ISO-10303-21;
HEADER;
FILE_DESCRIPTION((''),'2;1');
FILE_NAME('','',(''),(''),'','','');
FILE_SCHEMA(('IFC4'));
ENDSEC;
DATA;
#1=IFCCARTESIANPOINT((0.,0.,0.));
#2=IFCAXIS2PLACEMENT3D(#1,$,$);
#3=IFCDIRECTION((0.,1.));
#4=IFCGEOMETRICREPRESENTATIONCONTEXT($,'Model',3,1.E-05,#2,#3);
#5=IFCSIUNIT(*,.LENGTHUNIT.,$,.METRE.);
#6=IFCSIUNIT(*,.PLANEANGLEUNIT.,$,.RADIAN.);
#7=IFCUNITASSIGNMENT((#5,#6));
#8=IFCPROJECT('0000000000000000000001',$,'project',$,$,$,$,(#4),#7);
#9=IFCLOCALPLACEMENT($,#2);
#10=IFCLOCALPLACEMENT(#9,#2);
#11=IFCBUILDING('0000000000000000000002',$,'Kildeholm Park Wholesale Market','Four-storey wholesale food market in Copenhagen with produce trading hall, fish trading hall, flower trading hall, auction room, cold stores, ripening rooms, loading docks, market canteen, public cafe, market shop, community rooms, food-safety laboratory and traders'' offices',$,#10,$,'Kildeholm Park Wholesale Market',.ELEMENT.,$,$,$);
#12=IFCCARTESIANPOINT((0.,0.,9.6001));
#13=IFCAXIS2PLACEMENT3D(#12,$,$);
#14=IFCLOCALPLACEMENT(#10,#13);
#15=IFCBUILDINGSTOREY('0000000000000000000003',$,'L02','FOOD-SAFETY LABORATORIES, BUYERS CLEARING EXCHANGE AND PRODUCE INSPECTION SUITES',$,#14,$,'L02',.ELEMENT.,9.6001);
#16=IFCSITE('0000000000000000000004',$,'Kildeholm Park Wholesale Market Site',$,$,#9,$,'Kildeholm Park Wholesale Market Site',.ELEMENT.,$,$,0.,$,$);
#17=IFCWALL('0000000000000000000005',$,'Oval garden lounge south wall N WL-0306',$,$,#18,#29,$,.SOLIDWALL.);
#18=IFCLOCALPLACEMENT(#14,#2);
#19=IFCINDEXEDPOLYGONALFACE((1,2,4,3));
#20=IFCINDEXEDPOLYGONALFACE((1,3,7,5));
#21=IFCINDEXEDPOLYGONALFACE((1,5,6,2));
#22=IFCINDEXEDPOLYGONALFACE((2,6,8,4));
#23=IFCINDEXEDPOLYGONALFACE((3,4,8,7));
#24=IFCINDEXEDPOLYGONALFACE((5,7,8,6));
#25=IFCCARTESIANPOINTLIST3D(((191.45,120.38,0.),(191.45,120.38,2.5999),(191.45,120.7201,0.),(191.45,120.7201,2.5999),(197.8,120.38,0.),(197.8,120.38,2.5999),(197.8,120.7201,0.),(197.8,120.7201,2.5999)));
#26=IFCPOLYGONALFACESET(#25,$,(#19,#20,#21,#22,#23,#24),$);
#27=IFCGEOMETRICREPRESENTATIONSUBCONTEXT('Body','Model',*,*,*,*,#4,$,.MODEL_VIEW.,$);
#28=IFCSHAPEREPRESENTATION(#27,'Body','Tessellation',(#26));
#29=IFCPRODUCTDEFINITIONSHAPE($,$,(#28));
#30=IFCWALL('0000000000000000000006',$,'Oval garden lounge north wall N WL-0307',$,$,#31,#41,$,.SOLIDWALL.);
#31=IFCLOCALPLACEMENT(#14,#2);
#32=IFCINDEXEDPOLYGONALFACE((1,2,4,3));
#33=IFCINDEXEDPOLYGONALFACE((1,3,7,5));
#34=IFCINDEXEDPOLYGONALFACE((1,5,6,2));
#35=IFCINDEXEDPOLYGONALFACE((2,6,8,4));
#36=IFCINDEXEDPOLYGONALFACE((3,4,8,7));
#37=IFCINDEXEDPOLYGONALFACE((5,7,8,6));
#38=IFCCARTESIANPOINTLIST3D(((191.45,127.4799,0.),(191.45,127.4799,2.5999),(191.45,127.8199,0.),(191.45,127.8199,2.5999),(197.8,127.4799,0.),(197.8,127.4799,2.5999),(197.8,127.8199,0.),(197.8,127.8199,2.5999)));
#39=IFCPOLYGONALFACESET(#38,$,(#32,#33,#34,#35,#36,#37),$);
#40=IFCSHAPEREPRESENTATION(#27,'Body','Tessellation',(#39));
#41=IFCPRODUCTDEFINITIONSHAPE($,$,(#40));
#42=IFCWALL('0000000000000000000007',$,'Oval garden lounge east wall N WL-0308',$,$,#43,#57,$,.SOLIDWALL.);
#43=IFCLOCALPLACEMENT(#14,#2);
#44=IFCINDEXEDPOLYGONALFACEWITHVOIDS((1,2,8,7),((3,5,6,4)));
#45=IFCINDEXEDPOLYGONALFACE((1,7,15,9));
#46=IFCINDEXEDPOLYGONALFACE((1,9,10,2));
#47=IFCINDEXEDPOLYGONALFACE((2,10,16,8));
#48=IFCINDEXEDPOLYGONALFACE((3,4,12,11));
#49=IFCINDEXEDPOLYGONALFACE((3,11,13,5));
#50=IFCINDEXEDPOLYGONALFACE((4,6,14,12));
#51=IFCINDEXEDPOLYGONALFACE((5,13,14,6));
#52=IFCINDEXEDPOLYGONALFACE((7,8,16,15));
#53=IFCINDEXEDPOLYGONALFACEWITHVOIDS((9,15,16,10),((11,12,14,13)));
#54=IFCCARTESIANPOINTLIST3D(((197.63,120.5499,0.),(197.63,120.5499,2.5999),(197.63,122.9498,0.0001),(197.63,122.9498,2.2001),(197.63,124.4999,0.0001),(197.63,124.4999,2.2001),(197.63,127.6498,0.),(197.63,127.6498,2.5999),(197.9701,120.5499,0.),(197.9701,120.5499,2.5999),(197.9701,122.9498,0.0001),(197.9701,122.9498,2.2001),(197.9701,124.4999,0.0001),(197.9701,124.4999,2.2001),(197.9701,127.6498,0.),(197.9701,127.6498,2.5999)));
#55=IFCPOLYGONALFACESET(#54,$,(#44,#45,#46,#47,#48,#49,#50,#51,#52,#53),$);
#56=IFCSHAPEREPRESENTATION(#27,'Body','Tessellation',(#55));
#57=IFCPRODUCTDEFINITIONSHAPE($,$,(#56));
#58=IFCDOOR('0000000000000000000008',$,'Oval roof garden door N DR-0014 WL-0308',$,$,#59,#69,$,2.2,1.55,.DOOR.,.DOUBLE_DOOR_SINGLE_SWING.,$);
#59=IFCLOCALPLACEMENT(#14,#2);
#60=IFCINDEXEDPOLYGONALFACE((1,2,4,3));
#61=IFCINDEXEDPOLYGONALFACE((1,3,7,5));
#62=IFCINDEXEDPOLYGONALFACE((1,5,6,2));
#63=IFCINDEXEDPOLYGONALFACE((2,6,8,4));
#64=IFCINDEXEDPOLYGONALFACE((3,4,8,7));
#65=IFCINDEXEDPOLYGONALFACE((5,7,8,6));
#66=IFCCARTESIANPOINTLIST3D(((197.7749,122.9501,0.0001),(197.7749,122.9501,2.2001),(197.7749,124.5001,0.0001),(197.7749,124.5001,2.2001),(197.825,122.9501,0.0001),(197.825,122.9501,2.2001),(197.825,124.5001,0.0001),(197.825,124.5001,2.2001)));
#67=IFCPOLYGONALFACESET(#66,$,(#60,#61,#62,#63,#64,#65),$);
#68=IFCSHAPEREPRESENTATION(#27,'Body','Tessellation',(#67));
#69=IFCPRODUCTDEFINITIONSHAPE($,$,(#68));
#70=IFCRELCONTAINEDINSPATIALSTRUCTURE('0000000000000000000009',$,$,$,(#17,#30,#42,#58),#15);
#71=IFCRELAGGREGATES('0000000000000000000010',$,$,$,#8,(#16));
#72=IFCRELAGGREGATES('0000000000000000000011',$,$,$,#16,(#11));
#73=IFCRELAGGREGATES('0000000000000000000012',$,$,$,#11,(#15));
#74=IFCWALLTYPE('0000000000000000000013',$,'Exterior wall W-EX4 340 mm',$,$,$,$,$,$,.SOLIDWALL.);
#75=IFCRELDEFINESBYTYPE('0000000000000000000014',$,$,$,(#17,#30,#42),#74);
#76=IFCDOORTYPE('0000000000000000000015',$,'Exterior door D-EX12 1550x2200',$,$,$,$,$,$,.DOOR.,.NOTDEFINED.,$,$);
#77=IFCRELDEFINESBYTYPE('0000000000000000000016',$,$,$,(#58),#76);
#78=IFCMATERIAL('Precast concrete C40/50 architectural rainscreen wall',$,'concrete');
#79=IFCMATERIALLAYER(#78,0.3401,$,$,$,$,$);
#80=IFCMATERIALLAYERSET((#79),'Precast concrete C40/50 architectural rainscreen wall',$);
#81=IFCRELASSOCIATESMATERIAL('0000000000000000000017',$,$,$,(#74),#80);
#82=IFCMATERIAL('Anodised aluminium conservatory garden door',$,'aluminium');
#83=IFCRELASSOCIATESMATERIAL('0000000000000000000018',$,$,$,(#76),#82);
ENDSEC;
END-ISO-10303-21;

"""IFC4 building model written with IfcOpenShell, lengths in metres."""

from ifc_helpers import new_model, si_unit, direction, frame, frame_2d, origin, place, context, subcontext, project, spatial, rectangle, extrude, material, layer, layer_set, type_object, element, fill, save


model = new_model("IFC4")

# Units and contexts
model_context = context("Model", 3, precision=1e-05, world=origin(), true_north=direction((0.0, 1.0)))
body_context = subcontext(model_context, "Body", "Model", "MODEL_VIEW")
ifc_project = project(units=[si_unit("LENGTHUNIT", "METRE"), si_unit("PLANEANGLEUNIT", "RADIAN")], contexts=[model_context])

# Site, building, storey
site_placement = place(None, origin())
site = spatial("IfcSite", under=ifc_project, at=site_placement, Name="Kildeholm Park Wholesale Market Site", LongName="Kildeholm Park Wholesale Market Site", CompositionType="ELEMENT", RefElevation=0.0)
building_placement = place(site_placement, origin())
building = spatial("IfcBuilding", under=site, at=building_placement, Name="Kildeholm Park Wholesale Market", Description="Four-storey wholesale food market in Copenhagen with produce trading hall, fish trading hall, flower trading hall, auction room, cold stores, ripening rooms, loading docks, market canteen, public cafe, market shop, community rooms, food-safety laboratory and traders' offices", LongName="Kildeholm Park Wholesale Market", CompositionType="ELEMENT")
storey_placement = place(building_placement, frame((0.0, 0.0, 9.6001)))
storey = spatial("IfcBuildingStorey", under=building, at=storey_placement, Name="L02", Description="FOOD-SAFETY LABORATORIES, BUYERS CLEARING EXCHANGE AND PRODUCE INSPECTION SUITES", LongName="L02", CompositionType="ELEMENT", Elevation=9.6001)

# Walls
ifc_material_1 = material(Name="Precast concrete C40/50 architectural rainscreen wall", Category="concrete")
ifc_layer_1 = layer(ifc_material_1, 0.3401)
ifc_layer_set_1 = layer_set([ifc_layer_1], Name="Precast concrete C40/50 architectural rainscreen wall")
wall_type_1 = type_object("IfcWallType", Name="Exterior wall W-EX4 340 mm", PredefinedType="SOLIDWALL", material=ifc_layer_set_1)
for number, where, z_axis, x_axis, name in (
    (1, (191.45, 120.55, 0.0), (0.0, 0.0, 1.0), (1.0, 0.0, 0.0), "Oval garden lounge south wall N WL-0306"),
    (2, (191.45, 127.6499, 0.0), (0.0, 0.0, 1.0), (1.0, 0.0, 0.0), "Oval garden lounge north wall N WL-0307"),
):
    element("IfcWall", number, at=place(storey_placement, frame(where, z_axis=z_axis, x_axis=x_axis)), inside=storey, type_object=wall_type_1, Name=name, PredefinedType="SOLIDWALL", context=body_context, shape_type="SweptSolid", body=[
        extrude(rectangle(XDim=6.3501, YDim=0.3401, at=frame_2d((3.175, 0.0))), origin(), (0.0, 0.0, 1.0), 2.5999),
    ])

# Wall, opening, door
wall_1_placement = place(storey_placement, frame((197.8, 120.55, 0.0), z_axis=(0.0, 0.0, 1.0), x_axis=(0.0, 1.0, 0.0)))
wall_1 = element("IfcWall", 3, at=wall_1_placement, inside=storey, type_object=wall_type_1, Name="Oval garden lounge east wall N WL-0308", PredefinedType="SOLIDWALL", context=body_context, shape_type="SweptSolid", body=[
    extrude(rectangle(XDim=7.0999, YDim=0.3401, at=frame_2d((3.5498, 0.0))), origin(), (0.0, 0.0, 1.0), 2.5999),
])
opening_1_placement = place(wall_1_placement, frame((2.3999, 0.0, 0.0)))
opening_1 = element("IfcOpeningElement", 4, at=opening_1_placement, cuts=wall_1, PredefinedType="OPENING", context=body_context, shape_type="SweptSolid", body=[
    extrude(rectangle(XDim=1.55, YDim=2.2, at=frame_2d((0.7749, 1.1001))), frame((0.0, 0.1799, 0.0), z_axis=(0.0, -1.0, 0.0), x_axis=(1.0, 0.0, 0.0)), (0.0, 0.0, 1.0), 0.3601),
])
ifc_material_2 = material(Name="Anodised aluminium conservatory garden door", Category="aluminium")
door_type_1 = type_object("IfcDoorType", Name="Exterior door D-EX12 1550x2200", OperationType="NOTDEFINED", PredefinedType="DOOR", material=ifc_material_2)
door_1_placement = place(opening_1_placement, frame((1.55, 0.0, 0.0), z_axis=(0.0, 0.0, 1.0), x_axis=(-1.0, 0.0, 0.0)))
door_1 = element("IfcDoor", 5, at=door_1_placement, inside=storey, type_object=door_type_1, Name="Oval roof garden door N DR-0014 WL-0308", OperationType="DOUBLE_DOOR_SINGLE_SWING", OverallHeight=2.2, OverallWidth=1.55, PredefinedType="DOOR", context=body_context, shape_type="SweptSolid", body=[
    extrude(rectangle(XDim=1.55, YDim=2.2, at=frame_2d((0.7749, 1.1001))), frame((0.0, 0.0249, 0.0), z_axis=(0.0, -1.0, 0.0), x_axis=(1.0, 0.0, 0.0)), (0.0, 0.0, 1.0), 0.05),
])
fill(opening_1, door_1)

save(model, "model.ifc")
